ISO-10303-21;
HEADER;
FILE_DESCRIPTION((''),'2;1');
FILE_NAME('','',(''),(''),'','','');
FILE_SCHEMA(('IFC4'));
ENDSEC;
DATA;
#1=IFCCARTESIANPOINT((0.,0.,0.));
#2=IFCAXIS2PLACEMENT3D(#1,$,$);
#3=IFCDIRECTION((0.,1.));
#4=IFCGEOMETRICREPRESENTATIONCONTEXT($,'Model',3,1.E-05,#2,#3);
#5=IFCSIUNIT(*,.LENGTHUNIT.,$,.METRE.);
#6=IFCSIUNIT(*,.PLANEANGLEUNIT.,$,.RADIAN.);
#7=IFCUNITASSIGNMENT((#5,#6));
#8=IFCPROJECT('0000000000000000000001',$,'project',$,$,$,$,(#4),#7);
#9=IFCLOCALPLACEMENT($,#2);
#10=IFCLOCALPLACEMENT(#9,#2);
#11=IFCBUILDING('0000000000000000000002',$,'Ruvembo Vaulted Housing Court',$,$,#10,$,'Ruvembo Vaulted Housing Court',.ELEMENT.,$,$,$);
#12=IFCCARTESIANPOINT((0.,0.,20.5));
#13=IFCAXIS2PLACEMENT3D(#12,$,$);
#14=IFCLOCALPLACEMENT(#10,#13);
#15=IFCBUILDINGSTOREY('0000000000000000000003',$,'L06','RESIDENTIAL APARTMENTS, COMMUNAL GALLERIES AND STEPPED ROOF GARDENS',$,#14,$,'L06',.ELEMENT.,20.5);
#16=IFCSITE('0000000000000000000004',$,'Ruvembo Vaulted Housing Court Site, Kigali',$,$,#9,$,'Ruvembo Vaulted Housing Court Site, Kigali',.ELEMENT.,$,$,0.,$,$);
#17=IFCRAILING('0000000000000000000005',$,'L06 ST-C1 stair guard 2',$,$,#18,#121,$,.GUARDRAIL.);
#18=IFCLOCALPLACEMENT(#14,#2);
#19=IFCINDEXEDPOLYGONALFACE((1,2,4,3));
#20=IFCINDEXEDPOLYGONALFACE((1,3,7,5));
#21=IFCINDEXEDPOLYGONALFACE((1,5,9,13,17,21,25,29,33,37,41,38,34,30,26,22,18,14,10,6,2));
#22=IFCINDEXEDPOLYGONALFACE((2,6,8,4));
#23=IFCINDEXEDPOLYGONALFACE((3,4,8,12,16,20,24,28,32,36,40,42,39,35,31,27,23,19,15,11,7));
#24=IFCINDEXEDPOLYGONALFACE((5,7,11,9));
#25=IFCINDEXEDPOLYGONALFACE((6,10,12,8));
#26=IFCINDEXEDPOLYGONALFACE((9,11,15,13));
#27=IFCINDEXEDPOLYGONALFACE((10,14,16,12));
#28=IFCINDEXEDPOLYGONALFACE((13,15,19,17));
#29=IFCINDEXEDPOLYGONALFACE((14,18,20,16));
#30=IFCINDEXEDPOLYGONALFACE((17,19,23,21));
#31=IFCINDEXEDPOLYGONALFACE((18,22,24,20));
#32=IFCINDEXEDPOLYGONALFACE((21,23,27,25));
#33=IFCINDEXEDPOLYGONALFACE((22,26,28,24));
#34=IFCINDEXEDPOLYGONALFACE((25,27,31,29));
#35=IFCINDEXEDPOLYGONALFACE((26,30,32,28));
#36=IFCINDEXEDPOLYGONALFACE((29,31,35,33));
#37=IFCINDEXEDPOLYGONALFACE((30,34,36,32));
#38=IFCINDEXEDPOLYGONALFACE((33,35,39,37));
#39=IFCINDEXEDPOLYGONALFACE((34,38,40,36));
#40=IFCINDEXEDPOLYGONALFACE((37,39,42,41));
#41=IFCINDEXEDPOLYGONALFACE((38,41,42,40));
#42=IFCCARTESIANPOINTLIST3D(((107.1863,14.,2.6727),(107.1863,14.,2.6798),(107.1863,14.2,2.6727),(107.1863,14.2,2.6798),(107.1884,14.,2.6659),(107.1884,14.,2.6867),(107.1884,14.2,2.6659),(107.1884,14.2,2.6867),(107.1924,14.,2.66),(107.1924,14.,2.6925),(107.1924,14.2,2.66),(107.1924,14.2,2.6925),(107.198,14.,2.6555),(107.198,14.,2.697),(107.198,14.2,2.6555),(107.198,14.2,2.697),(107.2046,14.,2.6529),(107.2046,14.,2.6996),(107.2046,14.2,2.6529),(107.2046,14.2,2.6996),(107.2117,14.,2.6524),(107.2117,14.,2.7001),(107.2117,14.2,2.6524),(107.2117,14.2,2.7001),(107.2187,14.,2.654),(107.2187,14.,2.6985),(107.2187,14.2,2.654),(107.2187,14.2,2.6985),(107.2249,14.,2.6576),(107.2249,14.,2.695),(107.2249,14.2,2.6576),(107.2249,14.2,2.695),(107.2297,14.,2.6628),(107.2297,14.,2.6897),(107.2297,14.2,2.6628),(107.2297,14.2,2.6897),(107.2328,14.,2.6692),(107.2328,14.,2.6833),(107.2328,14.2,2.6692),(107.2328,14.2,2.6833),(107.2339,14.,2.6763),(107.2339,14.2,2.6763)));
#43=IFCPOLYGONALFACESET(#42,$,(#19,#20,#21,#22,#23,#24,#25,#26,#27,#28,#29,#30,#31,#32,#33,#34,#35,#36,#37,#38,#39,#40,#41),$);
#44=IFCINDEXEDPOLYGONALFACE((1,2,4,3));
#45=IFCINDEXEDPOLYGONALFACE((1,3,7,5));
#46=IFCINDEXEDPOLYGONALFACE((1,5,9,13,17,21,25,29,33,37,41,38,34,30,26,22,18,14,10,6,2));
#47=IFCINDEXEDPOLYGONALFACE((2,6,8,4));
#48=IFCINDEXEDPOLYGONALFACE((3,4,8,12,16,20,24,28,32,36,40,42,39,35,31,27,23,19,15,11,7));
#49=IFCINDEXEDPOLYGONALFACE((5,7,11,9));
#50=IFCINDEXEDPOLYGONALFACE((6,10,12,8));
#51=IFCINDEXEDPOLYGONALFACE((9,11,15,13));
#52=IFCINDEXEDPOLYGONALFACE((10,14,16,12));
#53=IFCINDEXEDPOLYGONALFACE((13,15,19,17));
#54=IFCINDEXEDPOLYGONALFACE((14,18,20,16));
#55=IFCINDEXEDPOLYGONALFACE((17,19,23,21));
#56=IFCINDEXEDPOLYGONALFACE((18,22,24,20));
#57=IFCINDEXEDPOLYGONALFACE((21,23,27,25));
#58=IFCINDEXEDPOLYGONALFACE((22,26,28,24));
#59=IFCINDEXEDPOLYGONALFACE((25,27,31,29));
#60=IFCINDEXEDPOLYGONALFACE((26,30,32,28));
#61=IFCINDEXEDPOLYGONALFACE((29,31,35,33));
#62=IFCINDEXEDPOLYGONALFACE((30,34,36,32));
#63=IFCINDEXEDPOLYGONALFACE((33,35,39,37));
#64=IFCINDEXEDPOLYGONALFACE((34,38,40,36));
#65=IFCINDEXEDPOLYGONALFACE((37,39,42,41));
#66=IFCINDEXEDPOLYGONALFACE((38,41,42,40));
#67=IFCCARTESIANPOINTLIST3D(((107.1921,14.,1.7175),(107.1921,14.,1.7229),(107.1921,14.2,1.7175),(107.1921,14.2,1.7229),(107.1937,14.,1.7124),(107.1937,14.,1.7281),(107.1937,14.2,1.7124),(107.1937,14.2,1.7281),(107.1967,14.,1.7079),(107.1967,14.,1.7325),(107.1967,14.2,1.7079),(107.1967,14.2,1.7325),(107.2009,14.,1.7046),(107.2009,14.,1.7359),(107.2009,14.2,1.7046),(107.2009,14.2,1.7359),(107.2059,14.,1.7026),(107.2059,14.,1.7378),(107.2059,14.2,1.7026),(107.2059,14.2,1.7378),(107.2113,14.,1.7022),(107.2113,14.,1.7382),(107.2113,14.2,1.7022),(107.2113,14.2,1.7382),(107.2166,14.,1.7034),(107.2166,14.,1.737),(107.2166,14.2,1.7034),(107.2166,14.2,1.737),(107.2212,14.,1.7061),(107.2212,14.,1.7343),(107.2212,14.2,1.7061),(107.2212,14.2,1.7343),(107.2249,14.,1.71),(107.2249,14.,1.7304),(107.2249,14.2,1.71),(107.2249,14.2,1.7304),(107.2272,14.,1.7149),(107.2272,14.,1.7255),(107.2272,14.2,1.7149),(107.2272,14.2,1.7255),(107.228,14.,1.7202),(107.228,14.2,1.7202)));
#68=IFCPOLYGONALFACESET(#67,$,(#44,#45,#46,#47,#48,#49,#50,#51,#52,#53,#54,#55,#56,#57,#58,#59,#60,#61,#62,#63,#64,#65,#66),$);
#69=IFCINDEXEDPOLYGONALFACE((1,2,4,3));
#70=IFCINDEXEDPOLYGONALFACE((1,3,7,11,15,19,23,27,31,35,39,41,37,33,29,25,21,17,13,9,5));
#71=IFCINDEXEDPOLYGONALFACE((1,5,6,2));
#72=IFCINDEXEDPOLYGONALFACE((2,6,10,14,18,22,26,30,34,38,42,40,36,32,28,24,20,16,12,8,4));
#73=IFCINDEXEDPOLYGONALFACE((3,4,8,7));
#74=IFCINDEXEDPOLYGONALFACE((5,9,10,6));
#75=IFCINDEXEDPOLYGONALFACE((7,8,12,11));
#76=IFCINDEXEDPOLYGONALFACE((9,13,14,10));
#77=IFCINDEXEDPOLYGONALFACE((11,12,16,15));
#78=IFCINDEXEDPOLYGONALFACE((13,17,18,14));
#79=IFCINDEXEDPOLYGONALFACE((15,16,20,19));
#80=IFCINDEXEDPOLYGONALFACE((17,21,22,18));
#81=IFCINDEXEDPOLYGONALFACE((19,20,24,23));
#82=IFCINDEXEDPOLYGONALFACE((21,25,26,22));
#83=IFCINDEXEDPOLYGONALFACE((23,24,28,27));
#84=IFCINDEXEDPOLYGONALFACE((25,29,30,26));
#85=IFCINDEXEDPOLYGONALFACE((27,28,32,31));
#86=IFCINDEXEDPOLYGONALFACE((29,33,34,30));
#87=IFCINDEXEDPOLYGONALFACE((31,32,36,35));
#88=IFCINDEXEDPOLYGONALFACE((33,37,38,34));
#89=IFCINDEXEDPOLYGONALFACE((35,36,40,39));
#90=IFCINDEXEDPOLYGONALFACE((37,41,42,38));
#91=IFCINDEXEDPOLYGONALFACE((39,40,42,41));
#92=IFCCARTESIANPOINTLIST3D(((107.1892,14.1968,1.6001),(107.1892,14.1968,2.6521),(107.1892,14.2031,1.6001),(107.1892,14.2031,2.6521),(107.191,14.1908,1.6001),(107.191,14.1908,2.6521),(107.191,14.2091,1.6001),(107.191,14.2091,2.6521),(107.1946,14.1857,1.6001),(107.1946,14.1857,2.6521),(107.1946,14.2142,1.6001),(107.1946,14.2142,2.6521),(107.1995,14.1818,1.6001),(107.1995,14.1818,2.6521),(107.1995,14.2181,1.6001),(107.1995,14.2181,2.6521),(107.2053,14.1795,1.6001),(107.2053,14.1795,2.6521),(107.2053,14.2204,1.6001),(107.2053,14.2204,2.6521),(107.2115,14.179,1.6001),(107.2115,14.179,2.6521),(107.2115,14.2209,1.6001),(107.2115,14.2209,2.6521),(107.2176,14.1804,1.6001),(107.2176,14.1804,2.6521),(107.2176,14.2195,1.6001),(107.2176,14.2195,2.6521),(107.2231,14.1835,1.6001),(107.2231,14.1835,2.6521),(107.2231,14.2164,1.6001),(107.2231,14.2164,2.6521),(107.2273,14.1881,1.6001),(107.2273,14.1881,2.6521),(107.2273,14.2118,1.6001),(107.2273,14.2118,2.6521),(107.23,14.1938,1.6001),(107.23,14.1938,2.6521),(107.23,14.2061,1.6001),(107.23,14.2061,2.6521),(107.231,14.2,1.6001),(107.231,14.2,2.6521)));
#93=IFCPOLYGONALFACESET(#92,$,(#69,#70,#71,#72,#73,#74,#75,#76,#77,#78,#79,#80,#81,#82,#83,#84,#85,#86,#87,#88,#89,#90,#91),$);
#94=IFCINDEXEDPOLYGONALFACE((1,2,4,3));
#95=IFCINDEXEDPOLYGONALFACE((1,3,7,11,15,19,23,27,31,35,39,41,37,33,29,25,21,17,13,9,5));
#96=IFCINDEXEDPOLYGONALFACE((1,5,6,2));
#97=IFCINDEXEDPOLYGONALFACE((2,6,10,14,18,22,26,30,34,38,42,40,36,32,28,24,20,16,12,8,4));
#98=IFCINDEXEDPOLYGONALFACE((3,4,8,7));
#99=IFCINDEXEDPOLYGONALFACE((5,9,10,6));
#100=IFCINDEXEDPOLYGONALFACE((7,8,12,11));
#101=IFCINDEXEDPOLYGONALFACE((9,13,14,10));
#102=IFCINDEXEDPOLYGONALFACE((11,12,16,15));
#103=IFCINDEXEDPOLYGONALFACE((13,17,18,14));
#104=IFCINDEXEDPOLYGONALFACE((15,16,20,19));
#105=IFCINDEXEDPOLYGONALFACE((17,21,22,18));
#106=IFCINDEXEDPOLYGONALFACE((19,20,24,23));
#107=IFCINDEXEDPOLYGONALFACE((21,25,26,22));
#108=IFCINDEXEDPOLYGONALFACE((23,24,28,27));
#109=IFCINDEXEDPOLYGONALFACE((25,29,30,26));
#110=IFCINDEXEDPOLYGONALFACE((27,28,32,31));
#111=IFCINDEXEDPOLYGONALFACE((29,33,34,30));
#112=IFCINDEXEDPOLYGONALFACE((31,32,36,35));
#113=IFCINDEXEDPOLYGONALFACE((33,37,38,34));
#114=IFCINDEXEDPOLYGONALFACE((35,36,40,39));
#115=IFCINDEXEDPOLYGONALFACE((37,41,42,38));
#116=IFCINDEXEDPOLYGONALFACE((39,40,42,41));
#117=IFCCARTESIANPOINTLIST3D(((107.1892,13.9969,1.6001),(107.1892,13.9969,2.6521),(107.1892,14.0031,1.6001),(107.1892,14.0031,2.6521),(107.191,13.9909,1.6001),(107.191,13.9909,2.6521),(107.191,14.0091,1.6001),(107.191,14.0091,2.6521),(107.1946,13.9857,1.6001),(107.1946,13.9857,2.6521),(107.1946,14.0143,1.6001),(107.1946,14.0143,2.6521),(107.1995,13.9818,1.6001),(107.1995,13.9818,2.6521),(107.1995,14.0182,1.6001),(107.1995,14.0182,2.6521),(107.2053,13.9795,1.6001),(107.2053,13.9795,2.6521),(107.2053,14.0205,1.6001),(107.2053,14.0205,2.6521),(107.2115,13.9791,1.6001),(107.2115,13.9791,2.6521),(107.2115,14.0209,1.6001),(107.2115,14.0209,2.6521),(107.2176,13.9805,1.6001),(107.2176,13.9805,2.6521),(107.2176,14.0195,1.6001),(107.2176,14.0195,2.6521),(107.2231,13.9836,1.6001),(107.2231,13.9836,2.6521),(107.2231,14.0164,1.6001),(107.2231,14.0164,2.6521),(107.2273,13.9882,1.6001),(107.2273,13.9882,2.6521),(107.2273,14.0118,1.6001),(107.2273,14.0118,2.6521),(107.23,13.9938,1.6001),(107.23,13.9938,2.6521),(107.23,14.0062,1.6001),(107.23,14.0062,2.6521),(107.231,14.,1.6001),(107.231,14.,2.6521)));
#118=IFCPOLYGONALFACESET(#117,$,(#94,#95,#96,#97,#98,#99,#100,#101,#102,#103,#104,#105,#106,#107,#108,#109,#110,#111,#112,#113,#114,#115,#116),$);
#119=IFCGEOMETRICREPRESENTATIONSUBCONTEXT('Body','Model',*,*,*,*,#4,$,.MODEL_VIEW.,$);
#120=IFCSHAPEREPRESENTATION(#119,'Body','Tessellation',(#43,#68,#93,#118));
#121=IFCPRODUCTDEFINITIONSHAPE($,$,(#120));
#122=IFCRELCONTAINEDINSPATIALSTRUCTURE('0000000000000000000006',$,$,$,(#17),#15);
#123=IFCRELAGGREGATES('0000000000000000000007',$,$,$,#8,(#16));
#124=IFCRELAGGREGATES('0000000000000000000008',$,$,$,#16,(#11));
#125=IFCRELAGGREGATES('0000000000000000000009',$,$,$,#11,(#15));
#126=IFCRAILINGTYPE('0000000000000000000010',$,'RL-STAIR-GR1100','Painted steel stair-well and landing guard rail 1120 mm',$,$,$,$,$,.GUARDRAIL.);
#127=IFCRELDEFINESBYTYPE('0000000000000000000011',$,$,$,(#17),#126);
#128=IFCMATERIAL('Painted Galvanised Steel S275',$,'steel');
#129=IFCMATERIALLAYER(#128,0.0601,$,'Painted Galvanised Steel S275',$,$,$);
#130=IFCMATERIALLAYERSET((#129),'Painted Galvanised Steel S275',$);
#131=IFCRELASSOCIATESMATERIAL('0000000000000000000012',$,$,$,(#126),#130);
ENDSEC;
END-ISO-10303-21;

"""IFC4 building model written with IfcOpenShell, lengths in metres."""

from ifc_helpers import new_model, si_unit, direction, frame, origin, origin_2d, place, context, subcontext, project, spatial, circle, extrude, material, layer, layer_set, type_object, element, save


model = new_model("IFC4")

# Units and contexts
model_context = context("Model", 3, precision=1e-05, world=origin(), true_north=direction((0.0, 1.0)))
body_context = subcontext(model_context, "Body", "Model", "MODEL_VIEW")
ifc_project = project(units=[si_unit("LENGTHUNIT", "METRE"), si_unit("PLANEANGLEUNIT", "RADIAN")], contexts=[model_context])

# Site, building, storey
site_placement = place(None, origin())
site = spatial("IfcSite", under=ifc_project, at=site_placement, Name="Ruvembo Vaulted Housing Court Site, Kigali", LongName="Ruvembo Vaulted Housing Court Site, Kigali", CompositionType="ELEMENT", RefElevation=0.0)
building_placement = place(site_placement, origin())
building = spatial("IfcBuilding", under=site, at=building_placement, Name="Ruvembo Vaulted Housing Court", LongName="Ruvembo Vaulted Housing Court", CompositionType="ELEMENT")
storey_placement = place(building_placement, frame((0.0, 0.0, 20.5)))
storey = spatial("IfcBuildingStorey", under=building, at=storey_placement, Name="L06", Description="RESIDENTIAL APARTMENTS, COMMUNAL GALLERIES AND STEPPED ROOF GARDENS", LongName="L06", CompositionType="ELEMENT", Elevation=20.5)

# Railing
ifc_material_1 = material(Name="Painted Galvanised Steel S275", Category="steel")
ifc_layer_1 = layer(ifc_material_1, 0.0601, Name="Painted Galvanised Steel S275")
ifc_layer_set_1 = layer_set([ifc_layer_1], Name="Painted Galvanised Steel S275")
railing_type_1 = type_object("IfcRailingType", Name="RL-STAIR-GR1100", Description="Painted steel stair-well and landing guard rail 1120 mm", PredefinedType="GUARDRAIL", material=ifc_layer_set_1)
railing_1_placement = place(storey_placement, frame((107.21, 14.2, 1.6001)))
element("IfcRailing", 1, at=railing_1_placement, inside=storey, type_object=railing_type_1, Name="L06 ST-C1 stair guard 2", PredefinedType="GUARDRAIL", context=body_context, shape_type="SweptSolid", body=[
    extrude(circle(Radius=0.0239, at=origin_2d()), frame((0.0, 0.0, 1.0762), z_axis=(0.0, -1.0, 0.0), x_axis=(1.0, 0.0, 0.0)), (0.0, 0.0, 1.0), 0.2),
    extrude(circle(Radius=0.0181, at=origin_2d()), frame((0.0, 0.0, 0.1201), z_axis=(0.0, -1.0, 0.0), x_axis=(1.0, 0.0, 0.0)), (0.0, 0.0, 1.0), 0.2),
    extrude(circle(Radius=0.021, at=origin_2d()), origin(), (0.0, 0.0, 1.0), 1.052),
    extrude(circle(Radius=0.021, at=origin_2d()), frame((0.0, -0.2, 0.0)), (0.0, 0.0, 1.0), 1.052),
])

save(model, "model.ifc")
